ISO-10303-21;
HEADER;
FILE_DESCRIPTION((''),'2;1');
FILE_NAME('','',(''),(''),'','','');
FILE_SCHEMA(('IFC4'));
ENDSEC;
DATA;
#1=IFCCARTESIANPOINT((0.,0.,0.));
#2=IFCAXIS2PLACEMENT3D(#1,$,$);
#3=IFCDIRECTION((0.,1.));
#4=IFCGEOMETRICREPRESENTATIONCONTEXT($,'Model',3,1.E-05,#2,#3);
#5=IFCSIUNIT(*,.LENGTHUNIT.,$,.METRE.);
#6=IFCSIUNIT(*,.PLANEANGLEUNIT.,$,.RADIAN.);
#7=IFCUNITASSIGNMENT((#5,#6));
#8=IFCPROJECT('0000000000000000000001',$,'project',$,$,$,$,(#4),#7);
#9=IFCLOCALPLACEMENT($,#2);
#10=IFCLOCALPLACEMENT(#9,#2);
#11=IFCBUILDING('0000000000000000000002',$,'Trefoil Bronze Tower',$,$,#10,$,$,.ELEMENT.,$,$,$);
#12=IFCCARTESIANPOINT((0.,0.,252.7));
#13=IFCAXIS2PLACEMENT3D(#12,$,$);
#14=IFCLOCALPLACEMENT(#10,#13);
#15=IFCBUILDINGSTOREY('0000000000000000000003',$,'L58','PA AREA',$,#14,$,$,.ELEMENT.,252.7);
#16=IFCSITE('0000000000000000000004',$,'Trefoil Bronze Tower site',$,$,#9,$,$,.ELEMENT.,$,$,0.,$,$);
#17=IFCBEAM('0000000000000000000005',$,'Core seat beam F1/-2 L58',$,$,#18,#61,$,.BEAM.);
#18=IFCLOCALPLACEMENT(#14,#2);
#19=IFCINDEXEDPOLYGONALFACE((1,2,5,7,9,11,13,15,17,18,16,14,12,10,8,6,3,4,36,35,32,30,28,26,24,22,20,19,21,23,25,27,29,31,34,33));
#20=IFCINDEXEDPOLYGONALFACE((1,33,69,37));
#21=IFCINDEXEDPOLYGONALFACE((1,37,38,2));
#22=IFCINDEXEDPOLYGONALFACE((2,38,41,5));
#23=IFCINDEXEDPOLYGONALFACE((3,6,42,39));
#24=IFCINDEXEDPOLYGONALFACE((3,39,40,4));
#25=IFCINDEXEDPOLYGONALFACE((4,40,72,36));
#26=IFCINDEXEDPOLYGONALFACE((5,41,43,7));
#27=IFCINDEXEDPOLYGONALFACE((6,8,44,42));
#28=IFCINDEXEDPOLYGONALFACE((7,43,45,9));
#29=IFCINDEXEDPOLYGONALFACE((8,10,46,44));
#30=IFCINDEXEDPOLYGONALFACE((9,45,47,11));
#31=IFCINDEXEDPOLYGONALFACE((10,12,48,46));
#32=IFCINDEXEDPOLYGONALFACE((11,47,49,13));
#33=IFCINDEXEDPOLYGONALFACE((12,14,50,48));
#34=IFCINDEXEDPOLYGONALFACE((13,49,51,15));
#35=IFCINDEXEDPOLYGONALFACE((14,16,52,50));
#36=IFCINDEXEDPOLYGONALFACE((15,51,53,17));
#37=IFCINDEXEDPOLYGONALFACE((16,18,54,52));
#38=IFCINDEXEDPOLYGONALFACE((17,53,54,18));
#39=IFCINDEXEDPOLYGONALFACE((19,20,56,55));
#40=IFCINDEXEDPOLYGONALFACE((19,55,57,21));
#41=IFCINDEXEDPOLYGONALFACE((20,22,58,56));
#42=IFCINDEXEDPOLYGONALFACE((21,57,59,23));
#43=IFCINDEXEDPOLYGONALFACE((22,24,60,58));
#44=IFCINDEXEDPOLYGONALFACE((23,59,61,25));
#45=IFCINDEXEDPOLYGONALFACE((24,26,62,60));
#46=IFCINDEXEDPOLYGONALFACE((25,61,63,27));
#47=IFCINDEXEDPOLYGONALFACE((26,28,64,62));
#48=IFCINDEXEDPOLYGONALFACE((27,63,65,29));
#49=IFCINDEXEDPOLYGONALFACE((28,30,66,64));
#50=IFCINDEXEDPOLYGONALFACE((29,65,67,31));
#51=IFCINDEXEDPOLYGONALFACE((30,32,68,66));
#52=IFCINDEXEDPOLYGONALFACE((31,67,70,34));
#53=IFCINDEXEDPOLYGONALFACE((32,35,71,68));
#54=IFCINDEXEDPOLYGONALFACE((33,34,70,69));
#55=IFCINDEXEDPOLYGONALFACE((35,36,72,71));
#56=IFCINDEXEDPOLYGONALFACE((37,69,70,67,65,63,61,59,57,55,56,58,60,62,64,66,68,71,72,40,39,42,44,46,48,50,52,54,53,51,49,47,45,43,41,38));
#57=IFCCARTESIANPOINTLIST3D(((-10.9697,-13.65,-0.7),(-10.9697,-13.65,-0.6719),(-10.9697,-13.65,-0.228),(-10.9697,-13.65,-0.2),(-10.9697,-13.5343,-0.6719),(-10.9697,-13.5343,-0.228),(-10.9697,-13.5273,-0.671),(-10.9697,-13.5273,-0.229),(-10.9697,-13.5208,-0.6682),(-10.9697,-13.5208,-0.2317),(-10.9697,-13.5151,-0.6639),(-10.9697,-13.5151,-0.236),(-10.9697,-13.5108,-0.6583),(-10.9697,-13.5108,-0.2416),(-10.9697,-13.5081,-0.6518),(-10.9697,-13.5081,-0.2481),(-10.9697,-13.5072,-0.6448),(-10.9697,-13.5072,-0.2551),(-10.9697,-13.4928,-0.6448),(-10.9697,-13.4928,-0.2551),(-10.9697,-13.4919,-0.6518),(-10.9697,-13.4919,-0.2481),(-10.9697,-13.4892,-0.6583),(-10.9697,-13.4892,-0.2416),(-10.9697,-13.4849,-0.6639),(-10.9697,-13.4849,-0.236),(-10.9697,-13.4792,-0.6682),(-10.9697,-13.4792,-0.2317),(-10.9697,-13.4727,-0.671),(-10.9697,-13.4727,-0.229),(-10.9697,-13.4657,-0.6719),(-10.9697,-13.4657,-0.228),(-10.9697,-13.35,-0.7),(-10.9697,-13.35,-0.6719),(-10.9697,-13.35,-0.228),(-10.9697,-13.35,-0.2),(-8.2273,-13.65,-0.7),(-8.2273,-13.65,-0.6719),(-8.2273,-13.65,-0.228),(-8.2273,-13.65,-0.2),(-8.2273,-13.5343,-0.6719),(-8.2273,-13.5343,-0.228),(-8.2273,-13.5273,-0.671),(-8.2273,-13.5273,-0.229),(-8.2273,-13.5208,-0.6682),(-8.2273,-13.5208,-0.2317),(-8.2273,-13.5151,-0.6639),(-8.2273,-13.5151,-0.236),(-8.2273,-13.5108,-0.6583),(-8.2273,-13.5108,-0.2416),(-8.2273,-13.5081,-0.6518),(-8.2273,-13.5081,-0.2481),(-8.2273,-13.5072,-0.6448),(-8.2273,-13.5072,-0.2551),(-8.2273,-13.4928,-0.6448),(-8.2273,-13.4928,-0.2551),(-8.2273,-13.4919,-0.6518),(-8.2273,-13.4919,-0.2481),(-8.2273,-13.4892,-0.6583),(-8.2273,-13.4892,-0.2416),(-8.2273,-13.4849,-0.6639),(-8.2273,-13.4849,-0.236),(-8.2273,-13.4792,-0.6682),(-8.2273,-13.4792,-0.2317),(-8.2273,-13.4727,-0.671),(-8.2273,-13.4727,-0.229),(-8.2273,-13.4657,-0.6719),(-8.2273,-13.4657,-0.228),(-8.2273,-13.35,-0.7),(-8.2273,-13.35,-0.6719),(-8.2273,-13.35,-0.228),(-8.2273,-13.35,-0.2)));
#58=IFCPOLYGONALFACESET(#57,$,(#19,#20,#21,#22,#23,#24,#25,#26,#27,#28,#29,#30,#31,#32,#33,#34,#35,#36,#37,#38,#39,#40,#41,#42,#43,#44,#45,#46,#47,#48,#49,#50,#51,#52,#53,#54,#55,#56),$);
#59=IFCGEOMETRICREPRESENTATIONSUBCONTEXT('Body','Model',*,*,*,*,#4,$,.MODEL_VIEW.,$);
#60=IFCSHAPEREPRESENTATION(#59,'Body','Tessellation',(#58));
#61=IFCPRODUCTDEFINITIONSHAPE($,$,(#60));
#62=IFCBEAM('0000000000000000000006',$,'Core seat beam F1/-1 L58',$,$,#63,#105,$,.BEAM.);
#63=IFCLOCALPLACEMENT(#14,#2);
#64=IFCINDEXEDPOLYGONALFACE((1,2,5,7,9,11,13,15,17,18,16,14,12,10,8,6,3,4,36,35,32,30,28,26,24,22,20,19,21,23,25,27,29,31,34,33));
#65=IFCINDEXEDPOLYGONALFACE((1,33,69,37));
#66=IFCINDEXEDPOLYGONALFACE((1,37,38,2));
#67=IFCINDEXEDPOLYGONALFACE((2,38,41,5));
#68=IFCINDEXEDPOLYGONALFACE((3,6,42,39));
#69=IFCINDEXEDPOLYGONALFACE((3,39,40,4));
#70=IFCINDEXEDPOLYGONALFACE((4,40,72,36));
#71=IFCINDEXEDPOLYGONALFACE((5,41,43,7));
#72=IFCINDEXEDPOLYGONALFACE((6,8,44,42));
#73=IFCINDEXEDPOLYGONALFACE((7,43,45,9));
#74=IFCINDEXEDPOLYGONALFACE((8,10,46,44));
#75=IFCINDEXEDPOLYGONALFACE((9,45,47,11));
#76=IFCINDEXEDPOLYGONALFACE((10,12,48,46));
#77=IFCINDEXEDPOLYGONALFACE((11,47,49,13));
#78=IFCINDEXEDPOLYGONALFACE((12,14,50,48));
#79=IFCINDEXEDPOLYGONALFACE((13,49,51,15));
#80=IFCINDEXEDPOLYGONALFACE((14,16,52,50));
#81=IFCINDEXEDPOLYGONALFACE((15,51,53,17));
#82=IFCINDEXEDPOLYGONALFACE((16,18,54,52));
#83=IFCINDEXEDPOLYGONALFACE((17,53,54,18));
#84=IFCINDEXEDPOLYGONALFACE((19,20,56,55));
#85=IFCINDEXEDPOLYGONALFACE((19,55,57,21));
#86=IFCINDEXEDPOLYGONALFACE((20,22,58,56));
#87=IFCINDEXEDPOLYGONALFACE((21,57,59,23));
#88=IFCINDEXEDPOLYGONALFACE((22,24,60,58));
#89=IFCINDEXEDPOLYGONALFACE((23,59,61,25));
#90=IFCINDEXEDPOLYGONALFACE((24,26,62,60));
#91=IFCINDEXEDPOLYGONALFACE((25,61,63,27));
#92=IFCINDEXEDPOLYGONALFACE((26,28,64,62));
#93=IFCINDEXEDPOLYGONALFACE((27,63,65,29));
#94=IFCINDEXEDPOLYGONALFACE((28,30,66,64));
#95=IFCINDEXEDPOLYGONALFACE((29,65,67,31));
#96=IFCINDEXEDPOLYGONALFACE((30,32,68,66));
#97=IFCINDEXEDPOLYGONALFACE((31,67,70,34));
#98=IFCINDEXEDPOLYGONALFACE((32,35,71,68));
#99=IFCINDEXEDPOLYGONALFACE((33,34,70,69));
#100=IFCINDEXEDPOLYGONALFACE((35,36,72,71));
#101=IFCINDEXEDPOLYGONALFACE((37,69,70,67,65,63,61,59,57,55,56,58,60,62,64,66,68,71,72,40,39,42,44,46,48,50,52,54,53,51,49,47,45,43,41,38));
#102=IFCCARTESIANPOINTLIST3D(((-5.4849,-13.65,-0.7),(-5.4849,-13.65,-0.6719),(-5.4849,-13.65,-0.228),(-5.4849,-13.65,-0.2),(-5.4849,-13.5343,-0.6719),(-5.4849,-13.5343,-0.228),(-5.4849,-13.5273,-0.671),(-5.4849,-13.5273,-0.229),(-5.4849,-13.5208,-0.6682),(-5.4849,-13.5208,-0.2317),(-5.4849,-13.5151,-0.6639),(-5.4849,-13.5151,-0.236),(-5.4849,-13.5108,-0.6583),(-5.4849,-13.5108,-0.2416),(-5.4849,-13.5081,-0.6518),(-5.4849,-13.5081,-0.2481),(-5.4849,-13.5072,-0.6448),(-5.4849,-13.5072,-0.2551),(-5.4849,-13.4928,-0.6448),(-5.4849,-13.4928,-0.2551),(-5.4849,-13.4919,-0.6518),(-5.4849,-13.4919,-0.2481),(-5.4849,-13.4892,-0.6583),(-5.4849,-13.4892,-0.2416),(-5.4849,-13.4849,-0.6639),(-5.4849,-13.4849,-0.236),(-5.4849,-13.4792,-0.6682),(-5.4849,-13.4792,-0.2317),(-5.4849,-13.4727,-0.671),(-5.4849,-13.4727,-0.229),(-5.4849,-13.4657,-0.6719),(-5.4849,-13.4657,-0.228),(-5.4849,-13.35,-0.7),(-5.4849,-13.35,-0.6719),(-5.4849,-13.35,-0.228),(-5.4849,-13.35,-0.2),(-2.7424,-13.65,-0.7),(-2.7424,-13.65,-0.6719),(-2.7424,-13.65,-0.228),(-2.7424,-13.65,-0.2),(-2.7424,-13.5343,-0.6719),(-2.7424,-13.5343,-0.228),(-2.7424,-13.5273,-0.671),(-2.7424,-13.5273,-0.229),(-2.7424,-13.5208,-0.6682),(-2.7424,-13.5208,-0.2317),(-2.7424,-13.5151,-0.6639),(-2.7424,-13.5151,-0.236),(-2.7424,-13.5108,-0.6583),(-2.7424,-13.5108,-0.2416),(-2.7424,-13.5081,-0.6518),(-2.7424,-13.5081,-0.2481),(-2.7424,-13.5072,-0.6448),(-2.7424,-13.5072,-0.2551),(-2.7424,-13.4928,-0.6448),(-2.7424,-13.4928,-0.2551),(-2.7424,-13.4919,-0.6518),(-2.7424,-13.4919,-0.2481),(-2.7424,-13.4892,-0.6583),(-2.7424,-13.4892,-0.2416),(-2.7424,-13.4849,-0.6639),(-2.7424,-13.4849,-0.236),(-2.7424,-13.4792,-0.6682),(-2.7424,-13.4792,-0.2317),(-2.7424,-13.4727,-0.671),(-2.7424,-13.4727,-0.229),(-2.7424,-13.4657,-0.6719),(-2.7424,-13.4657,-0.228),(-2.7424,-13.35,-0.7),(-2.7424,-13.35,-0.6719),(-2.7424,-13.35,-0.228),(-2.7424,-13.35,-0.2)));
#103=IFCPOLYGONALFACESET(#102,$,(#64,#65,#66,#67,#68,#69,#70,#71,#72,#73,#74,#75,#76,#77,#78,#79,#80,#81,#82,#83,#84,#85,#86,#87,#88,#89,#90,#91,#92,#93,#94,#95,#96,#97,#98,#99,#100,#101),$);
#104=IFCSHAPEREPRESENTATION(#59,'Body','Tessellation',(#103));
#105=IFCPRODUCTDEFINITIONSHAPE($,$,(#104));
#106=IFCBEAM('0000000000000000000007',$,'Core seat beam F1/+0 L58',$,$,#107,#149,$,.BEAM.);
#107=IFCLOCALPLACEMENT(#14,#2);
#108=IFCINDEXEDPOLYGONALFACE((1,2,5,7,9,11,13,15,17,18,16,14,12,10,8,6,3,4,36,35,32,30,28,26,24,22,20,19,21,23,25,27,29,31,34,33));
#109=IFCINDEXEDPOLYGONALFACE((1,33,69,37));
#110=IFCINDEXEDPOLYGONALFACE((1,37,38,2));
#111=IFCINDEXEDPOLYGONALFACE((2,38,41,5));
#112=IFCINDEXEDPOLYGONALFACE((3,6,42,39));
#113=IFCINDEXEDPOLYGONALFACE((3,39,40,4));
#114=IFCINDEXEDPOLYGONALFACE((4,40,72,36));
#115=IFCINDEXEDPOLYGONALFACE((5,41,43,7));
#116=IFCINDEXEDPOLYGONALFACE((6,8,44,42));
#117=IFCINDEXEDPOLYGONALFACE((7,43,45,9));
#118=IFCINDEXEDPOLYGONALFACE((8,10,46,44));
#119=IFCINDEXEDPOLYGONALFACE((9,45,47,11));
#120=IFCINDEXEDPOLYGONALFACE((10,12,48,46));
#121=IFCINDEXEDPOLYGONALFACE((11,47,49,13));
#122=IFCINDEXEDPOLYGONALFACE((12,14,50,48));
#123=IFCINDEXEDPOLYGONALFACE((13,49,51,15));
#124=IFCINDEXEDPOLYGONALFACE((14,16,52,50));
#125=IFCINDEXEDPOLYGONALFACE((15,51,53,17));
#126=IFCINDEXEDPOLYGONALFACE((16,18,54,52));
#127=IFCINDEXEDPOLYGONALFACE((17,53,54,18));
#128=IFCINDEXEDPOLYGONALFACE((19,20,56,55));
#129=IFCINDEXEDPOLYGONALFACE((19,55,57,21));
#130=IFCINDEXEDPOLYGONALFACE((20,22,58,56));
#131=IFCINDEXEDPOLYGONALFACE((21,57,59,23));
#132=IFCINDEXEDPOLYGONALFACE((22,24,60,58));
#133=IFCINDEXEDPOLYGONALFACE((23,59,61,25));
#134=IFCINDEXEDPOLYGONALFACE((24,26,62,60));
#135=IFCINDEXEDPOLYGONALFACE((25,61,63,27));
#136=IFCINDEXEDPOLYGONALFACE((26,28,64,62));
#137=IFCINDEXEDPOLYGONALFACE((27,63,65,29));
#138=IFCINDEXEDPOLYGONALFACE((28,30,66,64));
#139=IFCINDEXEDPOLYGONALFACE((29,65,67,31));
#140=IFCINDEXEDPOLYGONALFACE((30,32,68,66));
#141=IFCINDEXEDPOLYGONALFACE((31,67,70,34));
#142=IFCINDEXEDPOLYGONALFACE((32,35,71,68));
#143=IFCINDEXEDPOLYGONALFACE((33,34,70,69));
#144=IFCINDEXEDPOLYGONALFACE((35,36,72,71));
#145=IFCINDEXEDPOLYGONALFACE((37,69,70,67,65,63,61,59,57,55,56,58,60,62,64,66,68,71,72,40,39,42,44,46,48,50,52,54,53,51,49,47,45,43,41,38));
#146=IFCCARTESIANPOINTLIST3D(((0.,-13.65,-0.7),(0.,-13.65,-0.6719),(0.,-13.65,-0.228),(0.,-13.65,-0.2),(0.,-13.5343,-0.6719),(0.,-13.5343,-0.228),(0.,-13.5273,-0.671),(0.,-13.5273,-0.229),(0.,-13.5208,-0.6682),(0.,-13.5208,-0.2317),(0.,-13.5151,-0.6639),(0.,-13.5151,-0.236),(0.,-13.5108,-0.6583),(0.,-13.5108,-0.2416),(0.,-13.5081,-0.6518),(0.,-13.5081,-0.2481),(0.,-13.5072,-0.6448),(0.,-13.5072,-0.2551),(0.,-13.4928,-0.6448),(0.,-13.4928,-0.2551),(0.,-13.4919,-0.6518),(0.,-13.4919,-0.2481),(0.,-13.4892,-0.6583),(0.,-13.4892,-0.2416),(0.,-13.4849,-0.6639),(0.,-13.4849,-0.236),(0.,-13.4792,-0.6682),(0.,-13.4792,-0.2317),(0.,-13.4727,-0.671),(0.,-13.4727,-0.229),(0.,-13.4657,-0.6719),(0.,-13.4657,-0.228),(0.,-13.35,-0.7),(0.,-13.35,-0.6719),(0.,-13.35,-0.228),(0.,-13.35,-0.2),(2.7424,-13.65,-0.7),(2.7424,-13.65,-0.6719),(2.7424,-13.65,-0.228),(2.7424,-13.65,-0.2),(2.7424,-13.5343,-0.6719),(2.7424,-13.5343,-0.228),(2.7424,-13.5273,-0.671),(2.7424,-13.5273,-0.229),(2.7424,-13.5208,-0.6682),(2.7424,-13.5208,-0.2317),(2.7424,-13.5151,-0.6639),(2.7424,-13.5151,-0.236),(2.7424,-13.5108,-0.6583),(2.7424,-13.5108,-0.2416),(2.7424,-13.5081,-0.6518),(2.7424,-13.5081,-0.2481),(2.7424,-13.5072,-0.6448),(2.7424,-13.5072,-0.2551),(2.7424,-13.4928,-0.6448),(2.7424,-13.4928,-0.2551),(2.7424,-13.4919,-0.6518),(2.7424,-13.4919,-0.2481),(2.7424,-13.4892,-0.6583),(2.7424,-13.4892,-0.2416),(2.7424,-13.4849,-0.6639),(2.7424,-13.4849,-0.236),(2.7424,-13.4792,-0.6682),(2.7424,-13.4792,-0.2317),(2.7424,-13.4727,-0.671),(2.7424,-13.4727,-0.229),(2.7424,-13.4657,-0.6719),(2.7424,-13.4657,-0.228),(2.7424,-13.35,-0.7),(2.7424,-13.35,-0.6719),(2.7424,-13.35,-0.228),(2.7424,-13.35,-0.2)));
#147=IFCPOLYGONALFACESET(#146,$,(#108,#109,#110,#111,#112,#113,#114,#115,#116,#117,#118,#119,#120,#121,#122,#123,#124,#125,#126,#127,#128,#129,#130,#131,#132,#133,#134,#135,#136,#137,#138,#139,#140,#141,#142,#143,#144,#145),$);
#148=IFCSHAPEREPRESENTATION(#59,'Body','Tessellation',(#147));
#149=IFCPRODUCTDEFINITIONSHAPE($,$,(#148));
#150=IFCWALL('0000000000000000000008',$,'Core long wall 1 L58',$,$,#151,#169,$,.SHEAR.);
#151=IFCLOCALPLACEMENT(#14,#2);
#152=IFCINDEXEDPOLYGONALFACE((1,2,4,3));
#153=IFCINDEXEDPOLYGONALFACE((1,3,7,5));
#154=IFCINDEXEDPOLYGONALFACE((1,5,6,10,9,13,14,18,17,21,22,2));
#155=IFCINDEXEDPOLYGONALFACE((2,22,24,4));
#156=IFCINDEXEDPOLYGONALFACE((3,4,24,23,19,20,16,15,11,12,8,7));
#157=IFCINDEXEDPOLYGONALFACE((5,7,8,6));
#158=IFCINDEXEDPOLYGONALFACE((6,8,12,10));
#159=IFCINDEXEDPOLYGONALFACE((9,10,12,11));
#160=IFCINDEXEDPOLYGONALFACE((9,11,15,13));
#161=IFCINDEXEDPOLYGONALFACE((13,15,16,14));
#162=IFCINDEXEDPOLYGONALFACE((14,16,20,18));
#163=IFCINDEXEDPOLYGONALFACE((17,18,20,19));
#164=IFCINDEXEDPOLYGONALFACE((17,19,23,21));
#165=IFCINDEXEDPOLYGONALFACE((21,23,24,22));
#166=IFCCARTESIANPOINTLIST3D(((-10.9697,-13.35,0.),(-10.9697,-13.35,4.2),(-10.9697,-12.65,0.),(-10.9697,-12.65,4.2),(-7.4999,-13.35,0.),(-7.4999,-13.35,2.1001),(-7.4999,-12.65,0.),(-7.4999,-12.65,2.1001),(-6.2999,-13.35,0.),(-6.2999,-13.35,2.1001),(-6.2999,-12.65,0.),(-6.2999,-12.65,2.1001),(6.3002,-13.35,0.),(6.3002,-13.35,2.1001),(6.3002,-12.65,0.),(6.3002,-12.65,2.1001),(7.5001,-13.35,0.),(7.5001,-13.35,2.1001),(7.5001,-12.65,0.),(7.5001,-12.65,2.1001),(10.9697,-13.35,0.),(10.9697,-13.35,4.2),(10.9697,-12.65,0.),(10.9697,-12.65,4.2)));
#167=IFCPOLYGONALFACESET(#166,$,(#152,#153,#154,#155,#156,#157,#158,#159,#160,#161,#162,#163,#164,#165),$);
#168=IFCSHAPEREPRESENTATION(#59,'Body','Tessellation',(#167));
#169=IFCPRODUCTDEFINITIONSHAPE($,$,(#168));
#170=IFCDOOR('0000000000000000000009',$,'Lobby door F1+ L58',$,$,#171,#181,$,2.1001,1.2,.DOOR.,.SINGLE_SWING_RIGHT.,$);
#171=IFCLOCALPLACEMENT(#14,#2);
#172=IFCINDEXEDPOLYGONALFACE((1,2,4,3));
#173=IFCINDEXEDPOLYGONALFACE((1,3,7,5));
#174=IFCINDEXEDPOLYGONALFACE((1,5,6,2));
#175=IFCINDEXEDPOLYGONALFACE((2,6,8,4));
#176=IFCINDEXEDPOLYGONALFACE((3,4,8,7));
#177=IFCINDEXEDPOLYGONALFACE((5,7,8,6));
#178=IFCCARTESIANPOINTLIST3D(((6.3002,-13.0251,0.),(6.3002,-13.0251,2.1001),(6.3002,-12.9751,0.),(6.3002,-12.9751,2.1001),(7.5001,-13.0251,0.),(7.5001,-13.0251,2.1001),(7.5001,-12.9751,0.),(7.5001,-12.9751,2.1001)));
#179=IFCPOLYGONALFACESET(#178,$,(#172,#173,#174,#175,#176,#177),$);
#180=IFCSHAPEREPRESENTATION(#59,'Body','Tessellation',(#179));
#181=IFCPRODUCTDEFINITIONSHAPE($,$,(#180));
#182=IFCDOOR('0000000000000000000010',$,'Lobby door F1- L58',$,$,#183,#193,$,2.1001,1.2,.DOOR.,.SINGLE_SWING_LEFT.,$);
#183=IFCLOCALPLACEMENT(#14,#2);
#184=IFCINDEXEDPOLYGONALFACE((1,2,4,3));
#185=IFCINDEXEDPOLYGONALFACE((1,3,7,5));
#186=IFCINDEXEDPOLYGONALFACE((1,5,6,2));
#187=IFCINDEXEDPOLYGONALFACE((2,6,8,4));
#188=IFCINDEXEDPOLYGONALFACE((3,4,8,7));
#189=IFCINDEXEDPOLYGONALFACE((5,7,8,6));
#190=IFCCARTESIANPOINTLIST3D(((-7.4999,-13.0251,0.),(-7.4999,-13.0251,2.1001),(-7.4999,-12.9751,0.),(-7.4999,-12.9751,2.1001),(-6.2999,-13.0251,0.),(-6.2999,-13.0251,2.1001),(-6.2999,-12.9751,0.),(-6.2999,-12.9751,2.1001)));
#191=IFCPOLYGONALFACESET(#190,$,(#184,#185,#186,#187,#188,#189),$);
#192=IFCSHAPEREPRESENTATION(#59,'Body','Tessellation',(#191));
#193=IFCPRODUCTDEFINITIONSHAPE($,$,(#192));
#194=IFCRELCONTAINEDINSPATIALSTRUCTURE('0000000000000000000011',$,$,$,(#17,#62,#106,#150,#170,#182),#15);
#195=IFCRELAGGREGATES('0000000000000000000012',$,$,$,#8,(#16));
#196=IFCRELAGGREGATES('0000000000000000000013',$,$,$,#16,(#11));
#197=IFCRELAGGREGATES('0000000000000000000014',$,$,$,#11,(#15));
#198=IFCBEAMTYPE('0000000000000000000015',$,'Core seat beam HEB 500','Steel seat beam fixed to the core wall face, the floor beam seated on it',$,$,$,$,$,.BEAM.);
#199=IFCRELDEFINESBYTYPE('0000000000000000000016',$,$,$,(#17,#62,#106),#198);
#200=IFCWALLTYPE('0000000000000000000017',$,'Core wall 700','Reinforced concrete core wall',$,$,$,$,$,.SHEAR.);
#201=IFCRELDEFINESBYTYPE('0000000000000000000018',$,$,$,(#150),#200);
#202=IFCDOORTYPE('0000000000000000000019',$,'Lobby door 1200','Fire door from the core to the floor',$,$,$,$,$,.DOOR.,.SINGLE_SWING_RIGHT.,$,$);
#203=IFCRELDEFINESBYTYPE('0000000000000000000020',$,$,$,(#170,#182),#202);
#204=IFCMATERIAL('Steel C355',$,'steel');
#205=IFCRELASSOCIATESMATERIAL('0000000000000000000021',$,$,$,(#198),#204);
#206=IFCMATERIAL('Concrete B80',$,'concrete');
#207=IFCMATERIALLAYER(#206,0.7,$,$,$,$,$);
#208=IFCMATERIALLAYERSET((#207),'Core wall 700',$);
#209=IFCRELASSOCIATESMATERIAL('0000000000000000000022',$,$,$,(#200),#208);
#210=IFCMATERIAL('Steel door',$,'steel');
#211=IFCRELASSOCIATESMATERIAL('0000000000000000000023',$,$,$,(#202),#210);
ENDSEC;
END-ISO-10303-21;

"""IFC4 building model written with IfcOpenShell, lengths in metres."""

from ifc_helpers import new_model, si_unit, direction, frame, frame_2d, origin, origin_2d, place, context, subcontext, project, spatial, rectangle, i_section, extrude, material, layer, layer_set, material_profile, profile_set, type_object, element, fill, save


model = new_model("IFC4")

# Units and contexts
model_context = context("Model", 3, precision=1e-05, world=origin(), true_north=direction((0.0, 1.0)))
body_context = subcontext(model_context, "Body", "Model", "MODEL_VIEW")
ifc_project = project(units=[si_unit("LENGTHUNIT", "METRE"), si_unit("PLANEANGLEUNIT", "RADIAN")], contexts=[model_context])

# Site, building, storey
site_placement = place(None, origin())
site = spatial("IfcSite", under=ifc_project, at=site_placement, Name="Trefoil Bronze Tower site", CompositionType="ELEMENT", RefElevation=0.0)
building_placement = place(site_placement, origin())
building = spatial("IfcBuilding", under=site, at=building_placement, Name="Trefoil Bronze Tower", CompositionType="ELEMENT")
storey_placement = place(building_placement, frame((0.0, 0.0, 252.7)))
storey = spatial("IfcBuildingStorey", under=building, at=storey_placement, Name="L58", Description="PA AREA", CompositionType="ELEMENT", Elevation=252.7)

# Beams
ifc_material_1 = material(Name="Steel C355", Category="steel")
ifc_material_profile = material_profile(ifc_material_1, i_section(OverallWidth=0.3, OverallDepth=0.5, WebThickness=0.0144, FlangeThickness=0.0281, FilletRadius=0.0271, at=origin_2d()), Name="HEB 500")
ifc_profile_set = profile_set([ifc_material_profile], Name="Steel C355")
beam_type = type_object("IfcBeamType", Name="Core seat beam HEB 500", Description="Steel seat beam fixed to the core wall face, the floor beam seated on it", PredefinedType="BEAM", material=ifc_profile_set)
for number, where, z_axis, x_axis, name in (
    (1, (-10.9697, -13.5, -0.45), (1.0, 0.0, 0.0), (0.0, 1.0, 0.0), "Core seat beam F1/-2 L58"),
    (2, (-5.4849, -13.5, -0.45), (1.0, 0.0, 0.0), (0.0, 1.0, 0.0), "Core seat beam F1/-1 L58"),
    (3, (0.0, -13.5, -0.45), (1.0, 0.0, 0.0), (0.0, 1.0, 0.0), "Core seat beam F1/+0 L58"),
):
    element("IfcBeam", number, at=place(storey_placement, frame(where, z_axis=z_axis, x_axis=x_axis)), inside=storey, type_object=beam_type, Name=name, PredefinedType="BEAM", context=body_context, shape_type="SweptSolid", body=[
        extrude(i_section(OverallWidth=0.3, OverallDepth=0.5, WebThickness=0.0144, FlangeThickness=0.0281, FilletRadius=0.0271, at=origin_2d()), origin(), (0.0, 0.0, 1.0), 2.7424),
    ])

# Wall, openings, doors
ifc_material_2 = material(Name="Concrete B80", Category="concrete")
ifc_layer_1 = layer(ifc_material_2, 0.7)
ifc_layer_set_1 = layer_set([ifc_layer_1], Name="Core wall 700")
wall_type_1 = type_object("IfcWallType", Name="Core wall 700", Description="Reinforced concrete core wall", PredefinedType="SHEAR", material=ifc_layer_set_1)
wall_1_placement = place(storey_placement, frame((-10.9697, -13.0, 0.0), z_axis=(0.0, 0.0, 1.0), x_axis=(1.0, 0.0, 0.0)))
wall_1 = element("IfcWall", 4, at=wall_1_placement, inside=storey, type_object=wall_type_1, Name="Core long wall 1 L58", PredefinedType="SHEAR", context=body_context, shape_type="SweptSolid", body=[
    extrude(rectangle(XDim=21.9395, YDim=0.7, at=frame_2d((10.9697, 0.0))), origin(), (0.0, 0.0, 1.0), 4.2),
])
opening_1_placement = place(wall_1_placement, frame((17.2698, 0.0, 0.0)))
opening_1 = element("IfcOpeningElement", 5, at=opening_1_placement, cuts=wall_1, PredefinedType="OPENING", context=body_context, shape_type="SweptSolid", body=[
    extrude(rectangle(XDim=1.2, YDim=2.1001, at=frame_2d((0.6001, 1.05))), frame((0.0, 0.3599, 0.0), z_axis=(0.0, -1.0, 0.0), x_axis=(1.0, 0.0, 0.0)), (0.0, 0.0, 1.0), 0.72),
])
opening_2_placement = place(wall_1_placement, frame((3.4697, 0.0, 0.0)))
opening_2 = element("IfcOpeningElement", 6, at=opening_2_placement, cuts=wall_1, PredefinedType="OPENING", context=body_context, shape_type="SweptSolid", body=[
    extrude(rectangle(XDim=1.2, YDim=2.1001, at=frame_2d((0.6001, 1.05))), frame((0.0, 0.3599, 0.0), z_axis=(0.0, -1.0, 0.0), x_axis=(1.0, 0.0, 0.0)), (0.0, 0.0, 1.0), 0.72),
])
ifc_material_3 = material(Name="Steel door", Category="steel")
door_type_1 = type_object("IfcDoorType", Name="Lobby door 1200", Description="Fire door from the core to the floor", OperationType="SINGLE_SWING_RIGHT", PredefinedType="DOOR", material=ifc_material_3)
door_1_placement = place(opening_1_placement, origin())
door_1 = element("IfcDoor", 7, at=door_1_placement, inside=storey, type_object=door_type_1, Name="Lobby door F1+ L58", OperationType="SINGLE_SWING_RIGHT", OverallHeight=2.1001, OverallWidth=1.2, PredefinedType="DOOR", context=body_context, shape_type="SweptSolid", body=[
    extrude(rectangle(XDim=1.2, YDim=2.1001, at=frame_2d((0.6001, 1.05))), frame((0.0, 0.0249, 0.0), z_axis=(0.0, -1.0, 0.0), x_axis=(1.0, 0.0, 0.0)), (0.0, 0.0, 1.0), 0.05),
])
fill(opening_1, door_1)
door_2_placement = place(opening_2_placement, origin())
door_2 = element("IfcDoor", 8, at=door_2_placement, inside=storey, type_object=door_type_1, Name="Lobby door F1- L58", OperationType="SINGLE_SWING_LEFT", OverallHeight=2.1001, OverallWidth=1.2, PredefinedType="DOOR", context=body_context, shape_type="SweptSolid", body=[
    extrude(rectangle(XDim=1.2, YDim=2.1001, at=frame_2d((0.6001, 1.05))), frame((0.0, 0.0249, 0.0), z_axis=(0.0, -1.0, 0.0), x_axis=(1.0, 0.0, 0.0)), (0.0, 0.0, 1.0), 0.05),
])
fill(opening_2, door_2)

save(model, "model.ifc")
